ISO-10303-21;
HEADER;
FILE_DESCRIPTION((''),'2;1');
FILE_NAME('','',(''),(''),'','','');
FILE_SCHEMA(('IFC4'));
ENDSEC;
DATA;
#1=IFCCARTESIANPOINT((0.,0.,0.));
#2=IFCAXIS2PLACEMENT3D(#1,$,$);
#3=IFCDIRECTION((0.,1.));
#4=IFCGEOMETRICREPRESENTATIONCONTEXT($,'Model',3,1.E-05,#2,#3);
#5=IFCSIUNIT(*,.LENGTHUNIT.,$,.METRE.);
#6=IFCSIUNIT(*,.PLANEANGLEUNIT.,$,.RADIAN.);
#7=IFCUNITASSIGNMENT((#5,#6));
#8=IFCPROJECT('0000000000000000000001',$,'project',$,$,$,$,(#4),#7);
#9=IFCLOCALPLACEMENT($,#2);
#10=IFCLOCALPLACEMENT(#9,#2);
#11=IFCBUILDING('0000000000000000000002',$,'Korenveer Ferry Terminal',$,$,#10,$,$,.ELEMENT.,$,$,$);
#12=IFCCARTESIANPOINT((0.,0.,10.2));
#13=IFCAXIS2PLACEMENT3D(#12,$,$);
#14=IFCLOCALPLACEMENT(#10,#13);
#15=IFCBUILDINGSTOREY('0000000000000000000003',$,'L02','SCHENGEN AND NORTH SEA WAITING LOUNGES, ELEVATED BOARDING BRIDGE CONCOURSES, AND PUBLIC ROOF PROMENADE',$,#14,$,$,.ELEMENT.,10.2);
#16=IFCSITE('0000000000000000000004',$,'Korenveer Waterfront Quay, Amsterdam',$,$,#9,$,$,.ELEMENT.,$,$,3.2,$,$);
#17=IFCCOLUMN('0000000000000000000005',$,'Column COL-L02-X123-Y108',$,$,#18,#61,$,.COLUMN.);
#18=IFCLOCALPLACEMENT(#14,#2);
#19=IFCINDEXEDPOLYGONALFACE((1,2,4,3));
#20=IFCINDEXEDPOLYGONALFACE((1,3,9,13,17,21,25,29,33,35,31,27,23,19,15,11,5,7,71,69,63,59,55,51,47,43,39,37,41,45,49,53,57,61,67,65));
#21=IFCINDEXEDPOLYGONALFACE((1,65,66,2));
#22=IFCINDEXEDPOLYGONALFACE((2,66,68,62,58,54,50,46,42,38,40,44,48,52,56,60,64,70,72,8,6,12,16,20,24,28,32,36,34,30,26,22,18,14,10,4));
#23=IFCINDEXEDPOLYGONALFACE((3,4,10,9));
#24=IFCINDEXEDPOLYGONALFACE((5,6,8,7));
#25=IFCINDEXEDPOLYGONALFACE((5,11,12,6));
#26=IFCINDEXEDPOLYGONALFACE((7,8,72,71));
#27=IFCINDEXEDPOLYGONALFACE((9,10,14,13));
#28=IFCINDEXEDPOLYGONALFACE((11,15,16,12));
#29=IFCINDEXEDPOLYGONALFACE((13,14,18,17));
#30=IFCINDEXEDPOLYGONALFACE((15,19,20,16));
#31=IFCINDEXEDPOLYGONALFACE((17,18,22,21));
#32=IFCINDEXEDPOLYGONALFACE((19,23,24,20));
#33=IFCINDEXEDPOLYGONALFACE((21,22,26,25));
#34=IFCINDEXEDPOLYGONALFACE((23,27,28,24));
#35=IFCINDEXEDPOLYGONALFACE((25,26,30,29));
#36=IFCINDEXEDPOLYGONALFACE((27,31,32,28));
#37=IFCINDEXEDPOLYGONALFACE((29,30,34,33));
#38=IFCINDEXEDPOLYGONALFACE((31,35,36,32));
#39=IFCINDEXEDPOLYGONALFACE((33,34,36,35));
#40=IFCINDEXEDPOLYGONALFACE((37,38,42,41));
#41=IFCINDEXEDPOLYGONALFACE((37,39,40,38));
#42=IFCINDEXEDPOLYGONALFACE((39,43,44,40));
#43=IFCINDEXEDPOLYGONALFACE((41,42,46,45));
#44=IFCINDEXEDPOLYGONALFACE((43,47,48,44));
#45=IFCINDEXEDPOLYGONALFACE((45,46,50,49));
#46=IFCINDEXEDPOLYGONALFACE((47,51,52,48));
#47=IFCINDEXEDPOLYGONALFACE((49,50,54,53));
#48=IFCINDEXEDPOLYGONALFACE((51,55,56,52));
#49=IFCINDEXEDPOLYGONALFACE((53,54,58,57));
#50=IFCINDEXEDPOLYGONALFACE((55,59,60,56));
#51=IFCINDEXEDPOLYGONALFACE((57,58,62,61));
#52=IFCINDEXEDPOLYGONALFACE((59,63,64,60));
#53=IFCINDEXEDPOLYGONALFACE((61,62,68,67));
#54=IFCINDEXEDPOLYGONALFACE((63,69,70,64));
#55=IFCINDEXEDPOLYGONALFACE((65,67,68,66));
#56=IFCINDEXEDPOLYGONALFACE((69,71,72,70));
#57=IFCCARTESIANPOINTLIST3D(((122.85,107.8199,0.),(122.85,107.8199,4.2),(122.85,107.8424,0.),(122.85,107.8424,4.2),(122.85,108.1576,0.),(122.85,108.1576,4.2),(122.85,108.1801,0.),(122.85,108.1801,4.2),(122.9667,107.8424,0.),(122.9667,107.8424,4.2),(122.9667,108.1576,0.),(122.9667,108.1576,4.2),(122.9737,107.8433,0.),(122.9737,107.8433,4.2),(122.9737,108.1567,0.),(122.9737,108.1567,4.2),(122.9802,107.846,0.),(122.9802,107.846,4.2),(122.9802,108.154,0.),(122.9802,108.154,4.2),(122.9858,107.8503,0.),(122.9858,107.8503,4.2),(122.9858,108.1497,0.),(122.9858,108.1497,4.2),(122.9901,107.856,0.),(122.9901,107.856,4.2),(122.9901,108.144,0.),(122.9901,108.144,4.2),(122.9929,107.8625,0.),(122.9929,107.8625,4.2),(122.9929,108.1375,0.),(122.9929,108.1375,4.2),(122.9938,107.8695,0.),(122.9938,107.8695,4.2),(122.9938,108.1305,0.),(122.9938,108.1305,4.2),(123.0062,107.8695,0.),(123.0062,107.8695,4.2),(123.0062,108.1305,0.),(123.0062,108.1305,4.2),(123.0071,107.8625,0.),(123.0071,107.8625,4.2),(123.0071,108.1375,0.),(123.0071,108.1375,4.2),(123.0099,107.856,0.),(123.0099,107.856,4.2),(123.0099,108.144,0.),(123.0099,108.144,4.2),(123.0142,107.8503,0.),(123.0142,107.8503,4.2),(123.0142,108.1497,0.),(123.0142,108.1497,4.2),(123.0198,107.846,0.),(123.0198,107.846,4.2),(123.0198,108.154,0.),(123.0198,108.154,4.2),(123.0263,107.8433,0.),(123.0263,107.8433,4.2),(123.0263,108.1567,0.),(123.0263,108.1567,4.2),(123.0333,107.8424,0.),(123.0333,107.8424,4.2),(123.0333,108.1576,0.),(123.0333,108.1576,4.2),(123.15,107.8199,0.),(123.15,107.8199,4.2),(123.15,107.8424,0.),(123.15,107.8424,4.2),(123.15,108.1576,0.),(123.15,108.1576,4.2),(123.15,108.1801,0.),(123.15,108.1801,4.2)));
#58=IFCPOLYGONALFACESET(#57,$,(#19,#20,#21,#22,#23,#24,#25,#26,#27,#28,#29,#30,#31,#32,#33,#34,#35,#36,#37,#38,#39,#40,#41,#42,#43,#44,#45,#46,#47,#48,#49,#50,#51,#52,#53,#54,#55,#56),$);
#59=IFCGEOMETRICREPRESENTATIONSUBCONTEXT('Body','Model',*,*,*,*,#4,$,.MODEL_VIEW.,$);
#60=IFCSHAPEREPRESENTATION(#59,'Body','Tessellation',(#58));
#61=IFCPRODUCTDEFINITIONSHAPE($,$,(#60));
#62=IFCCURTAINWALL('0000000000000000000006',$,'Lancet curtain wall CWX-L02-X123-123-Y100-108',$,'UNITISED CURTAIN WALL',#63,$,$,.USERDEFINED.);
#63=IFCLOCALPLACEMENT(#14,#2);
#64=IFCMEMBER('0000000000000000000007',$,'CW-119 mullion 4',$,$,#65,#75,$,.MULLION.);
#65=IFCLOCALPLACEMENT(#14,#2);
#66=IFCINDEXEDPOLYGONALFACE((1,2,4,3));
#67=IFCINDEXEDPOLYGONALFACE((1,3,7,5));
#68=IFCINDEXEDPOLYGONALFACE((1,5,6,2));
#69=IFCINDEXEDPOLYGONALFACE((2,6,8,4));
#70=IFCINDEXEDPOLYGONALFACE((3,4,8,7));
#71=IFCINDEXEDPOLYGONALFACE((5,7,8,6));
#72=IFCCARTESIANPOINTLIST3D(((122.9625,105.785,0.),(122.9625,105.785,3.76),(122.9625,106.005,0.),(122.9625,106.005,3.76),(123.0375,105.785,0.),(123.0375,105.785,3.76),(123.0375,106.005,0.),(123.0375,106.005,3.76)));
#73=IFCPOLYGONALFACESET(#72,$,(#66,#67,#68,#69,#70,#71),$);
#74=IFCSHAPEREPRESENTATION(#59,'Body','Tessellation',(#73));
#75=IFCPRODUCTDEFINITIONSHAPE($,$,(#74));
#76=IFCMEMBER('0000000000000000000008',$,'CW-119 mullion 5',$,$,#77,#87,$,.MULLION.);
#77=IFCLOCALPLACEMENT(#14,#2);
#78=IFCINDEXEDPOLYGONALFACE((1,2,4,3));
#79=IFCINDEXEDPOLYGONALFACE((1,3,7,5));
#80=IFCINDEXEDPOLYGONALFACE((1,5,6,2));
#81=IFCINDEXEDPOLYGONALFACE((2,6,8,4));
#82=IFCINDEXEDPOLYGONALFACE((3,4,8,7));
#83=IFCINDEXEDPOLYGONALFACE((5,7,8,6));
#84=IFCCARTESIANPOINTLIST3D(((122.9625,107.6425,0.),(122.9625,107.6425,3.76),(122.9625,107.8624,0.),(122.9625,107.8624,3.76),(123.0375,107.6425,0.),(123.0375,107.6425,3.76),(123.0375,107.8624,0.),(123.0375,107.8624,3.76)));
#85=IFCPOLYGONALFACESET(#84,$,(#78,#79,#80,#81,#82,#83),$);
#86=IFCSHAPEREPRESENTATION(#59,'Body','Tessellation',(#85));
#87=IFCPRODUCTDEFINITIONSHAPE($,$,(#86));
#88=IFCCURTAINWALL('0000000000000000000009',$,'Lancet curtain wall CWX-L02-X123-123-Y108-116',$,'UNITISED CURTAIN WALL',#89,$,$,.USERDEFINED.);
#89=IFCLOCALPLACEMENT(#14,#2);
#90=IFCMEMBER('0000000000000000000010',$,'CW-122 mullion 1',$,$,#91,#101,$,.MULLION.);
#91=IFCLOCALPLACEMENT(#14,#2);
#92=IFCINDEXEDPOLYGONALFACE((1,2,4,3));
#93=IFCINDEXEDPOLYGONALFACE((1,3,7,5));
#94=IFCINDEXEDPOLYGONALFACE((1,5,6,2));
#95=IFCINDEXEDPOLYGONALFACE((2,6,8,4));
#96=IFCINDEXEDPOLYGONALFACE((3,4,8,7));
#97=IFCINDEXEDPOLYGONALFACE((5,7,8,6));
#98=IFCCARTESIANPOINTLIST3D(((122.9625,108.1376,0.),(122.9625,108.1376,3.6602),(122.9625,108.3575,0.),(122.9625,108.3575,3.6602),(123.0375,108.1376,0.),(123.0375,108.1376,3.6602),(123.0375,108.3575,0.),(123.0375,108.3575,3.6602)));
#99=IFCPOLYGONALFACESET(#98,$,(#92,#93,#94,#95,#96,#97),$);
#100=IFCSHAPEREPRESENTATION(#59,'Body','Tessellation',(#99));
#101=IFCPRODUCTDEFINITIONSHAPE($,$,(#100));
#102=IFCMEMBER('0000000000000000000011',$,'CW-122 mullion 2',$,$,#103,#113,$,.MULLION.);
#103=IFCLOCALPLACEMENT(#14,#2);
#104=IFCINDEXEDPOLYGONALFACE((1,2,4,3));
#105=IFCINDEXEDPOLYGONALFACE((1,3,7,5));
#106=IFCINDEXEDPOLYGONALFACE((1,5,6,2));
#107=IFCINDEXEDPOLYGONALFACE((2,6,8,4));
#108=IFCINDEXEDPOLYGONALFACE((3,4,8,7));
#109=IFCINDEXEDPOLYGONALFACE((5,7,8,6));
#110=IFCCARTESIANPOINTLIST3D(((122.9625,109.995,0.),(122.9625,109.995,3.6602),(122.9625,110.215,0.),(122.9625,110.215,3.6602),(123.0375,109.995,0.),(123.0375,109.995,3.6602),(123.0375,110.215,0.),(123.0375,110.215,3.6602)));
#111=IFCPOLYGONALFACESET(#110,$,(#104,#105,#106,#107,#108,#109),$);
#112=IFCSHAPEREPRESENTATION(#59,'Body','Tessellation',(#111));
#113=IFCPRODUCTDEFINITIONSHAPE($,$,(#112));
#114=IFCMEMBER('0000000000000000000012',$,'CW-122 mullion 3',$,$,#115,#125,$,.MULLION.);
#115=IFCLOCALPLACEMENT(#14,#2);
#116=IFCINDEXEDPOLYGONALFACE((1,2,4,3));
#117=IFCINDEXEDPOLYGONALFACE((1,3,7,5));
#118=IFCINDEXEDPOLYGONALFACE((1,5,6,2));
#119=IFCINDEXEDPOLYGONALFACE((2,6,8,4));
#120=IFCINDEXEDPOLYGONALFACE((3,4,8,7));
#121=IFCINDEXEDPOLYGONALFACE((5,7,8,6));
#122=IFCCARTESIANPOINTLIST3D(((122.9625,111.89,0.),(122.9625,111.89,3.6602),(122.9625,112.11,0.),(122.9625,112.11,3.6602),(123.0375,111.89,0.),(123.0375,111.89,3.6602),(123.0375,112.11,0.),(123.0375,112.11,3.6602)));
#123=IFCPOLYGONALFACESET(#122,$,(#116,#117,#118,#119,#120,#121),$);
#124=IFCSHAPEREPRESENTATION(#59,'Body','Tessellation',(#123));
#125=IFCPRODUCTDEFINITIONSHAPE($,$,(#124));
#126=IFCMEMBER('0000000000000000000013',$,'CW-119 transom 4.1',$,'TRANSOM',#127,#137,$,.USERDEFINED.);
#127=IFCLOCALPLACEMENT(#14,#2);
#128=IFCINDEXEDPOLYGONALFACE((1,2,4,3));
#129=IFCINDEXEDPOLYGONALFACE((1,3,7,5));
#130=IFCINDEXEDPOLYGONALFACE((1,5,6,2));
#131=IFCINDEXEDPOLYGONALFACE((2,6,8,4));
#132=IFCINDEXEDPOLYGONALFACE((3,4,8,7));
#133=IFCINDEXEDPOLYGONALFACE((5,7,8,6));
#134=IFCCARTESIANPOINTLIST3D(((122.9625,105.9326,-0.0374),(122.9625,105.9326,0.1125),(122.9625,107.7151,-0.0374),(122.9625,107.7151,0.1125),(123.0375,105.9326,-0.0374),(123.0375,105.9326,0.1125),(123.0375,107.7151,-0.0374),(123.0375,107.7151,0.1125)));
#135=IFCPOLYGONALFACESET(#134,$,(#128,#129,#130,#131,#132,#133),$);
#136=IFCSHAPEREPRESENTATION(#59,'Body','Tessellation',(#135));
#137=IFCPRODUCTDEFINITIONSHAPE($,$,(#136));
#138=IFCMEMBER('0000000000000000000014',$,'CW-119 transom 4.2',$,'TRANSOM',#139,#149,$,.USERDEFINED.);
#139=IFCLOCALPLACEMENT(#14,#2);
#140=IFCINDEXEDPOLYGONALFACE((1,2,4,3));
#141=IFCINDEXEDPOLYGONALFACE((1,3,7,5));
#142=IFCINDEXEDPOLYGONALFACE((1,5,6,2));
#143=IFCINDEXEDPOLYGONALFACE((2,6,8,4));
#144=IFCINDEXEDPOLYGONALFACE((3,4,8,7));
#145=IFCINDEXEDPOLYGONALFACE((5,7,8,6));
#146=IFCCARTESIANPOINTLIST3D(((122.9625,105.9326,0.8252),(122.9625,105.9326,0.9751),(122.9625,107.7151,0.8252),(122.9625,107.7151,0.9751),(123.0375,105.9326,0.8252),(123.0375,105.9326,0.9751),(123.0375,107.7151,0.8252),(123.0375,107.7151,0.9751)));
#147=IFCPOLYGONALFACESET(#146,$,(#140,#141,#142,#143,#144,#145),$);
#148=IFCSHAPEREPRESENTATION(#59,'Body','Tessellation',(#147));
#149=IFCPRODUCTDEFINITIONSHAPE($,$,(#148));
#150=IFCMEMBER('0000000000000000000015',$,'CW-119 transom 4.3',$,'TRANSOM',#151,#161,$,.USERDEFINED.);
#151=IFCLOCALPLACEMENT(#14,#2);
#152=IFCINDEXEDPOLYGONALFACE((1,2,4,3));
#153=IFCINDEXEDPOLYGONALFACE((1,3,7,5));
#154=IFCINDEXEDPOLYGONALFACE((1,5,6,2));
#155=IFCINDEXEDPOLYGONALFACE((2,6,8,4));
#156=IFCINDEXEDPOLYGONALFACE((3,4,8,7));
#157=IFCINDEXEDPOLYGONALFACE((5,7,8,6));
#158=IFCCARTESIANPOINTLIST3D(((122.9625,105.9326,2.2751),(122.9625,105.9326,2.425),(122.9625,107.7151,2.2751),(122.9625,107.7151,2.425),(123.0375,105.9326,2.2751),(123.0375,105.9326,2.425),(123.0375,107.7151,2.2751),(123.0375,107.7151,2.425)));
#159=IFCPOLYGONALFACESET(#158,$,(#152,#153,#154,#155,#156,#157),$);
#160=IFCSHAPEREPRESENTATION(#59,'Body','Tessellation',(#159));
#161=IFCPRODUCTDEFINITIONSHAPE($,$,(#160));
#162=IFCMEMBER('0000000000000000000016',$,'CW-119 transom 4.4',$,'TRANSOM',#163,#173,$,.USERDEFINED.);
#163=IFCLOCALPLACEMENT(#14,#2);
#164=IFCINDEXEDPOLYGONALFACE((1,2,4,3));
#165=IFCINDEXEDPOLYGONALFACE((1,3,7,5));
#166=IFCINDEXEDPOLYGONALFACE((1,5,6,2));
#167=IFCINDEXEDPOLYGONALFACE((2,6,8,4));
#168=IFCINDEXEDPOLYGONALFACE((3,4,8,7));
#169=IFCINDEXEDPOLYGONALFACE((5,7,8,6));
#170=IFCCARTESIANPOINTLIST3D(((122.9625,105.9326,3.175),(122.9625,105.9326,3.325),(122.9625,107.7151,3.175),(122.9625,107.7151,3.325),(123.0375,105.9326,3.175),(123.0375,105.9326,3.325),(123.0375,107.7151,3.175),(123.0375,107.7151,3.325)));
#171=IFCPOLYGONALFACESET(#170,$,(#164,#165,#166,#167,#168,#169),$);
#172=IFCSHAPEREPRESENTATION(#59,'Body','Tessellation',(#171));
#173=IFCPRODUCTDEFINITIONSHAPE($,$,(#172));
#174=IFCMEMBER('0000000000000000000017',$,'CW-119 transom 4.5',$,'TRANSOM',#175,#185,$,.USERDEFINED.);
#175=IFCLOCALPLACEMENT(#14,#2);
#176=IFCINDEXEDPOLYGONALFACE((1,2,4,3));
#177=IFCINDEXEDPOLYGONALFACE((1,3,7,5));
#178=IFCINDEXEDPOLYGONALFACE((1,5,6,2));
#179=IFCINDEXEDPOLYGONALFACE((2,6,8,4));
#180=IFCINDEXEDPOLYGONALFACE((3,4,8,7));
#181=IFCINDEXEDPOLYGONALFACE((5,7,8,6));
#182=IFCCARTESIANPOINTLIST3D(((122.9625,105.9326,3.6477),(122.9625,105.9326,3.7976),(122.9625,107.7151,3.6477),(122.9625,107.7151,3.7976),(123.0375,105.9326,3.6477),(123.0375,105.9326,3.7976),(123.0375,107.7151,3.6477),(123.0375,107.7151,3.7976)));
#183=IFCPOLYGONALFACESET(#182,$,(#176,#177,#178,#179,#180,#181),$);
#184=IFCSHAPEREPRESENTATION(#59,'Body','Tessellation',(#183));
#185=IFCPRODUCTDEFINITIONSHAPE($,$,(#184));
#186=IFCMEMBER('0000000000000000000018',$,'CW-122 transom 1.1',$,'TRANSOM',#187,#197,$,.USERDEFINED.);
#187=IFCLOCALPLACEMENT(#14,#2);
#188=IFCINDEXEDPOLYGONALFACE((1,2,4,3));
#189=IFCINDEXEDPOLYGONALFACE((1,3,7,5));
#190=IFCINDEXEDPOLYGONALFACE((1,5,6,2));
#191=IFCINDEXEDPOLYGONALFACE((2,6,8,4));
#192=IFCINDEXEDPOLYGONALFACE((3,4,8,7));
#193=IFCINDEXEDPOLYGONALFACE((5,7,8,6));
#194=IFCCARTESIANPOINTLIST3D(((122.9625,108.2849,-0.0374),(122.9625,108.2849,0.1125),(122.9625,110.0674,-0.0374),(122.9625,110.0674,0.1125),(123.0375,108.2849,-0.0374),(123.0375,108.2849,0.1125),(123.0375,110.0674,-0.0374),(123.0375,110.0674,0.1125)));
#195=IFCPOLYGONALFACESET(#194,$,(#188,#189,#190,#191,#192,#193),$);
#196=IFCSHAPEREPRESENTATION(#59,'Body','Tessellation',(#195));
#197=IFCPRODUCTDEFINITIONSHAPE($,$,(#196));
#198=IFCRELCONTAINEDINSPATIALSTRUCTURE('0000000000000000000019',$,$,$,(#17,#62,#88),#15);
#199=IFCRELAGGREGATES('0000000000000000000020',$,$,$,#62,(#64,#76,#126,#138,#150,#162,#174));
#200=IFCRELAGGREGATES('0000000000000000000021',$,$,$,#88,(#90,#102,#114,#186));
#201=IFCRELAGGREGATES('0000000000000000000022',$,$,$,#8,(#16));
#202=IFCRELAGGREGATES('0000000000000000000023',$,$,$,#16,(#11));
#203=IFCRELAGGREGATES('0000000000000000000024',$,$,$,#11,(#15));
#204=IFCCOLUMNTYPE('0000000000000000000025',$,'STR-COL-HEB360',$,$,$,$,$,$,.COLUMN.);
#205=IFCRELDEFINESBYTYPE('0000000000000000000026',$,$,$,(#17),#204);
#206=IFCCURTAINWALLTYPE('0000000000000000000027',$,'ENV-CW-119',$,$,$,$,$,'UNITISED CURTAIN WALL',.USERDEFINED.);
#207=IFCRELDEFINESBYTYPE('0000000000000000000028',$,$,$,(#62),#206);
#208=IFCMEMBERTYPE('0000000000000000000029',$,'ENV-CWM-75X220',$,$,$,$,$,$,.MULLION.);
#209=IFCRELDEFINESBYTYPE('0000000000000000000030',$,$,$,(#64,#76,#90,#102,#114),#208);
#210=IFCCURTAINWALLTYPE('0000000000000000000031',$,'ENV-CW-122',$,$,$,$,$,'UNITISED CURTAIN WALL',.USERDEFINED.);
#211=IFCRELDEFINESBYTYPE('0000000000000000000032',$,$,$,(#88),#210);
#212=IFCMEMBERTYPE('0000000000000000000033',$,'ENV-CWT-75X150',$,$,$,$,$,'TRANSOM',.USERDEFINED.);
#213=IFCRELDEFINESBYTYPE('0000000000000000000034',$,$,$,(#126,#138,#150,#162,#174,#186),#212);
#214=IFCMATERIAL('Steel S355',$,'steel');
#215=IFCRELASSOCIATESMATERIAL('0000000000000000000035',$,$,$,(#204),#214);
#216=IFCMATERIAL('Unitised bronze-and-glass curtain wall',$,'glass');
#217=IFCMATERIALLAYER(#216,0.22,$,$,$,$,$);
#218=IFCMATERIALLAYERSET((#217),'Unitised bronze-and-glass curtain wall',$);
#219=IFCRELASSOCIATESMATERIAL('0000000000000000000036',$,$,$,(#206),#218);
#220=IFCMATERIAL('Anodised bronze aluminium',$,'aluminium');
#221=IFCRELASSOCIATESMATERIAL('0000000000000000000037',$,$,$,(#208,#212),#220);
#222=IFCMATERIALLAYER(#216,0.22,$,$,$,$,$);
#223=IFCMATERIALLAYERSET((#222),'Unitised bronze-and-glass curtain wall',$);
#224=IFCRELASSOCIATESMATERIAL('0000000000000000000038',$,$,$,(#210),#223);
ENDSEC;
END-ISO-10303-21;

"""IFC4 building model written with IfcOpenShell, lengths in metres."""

from ifc_helpers import new_model, si_unit, direction, frame, origin, origin_2d, place, context, subcontext, project, spatial, rectangle, i_section, extrude, material, layer, layer_set, material_profile, profile_set, type_object, element, aggregate, save


model = new_model("IFC4")

# Units and contexts
model_context = context("Model", 3, precision=1e-05, world=origin(), true_north=direction((0.0, 1.0)))
body_context = subcontext(model_context, "Body", "Model", "MODEL_VIEW")
ifc_project = project(units=[si_unit("LENGTHUNIT", "METRE"), si_unit("PLANEANGLEUNIT", "RADIAN")], contexts=[model_context])

# Site, building, storey
site_placement = place(None, origin())
site = spatial("IfcSite", under=ifc_project, at=site_placement, Name="Korenveer Waterfront Quay, Amsterdam", CompositionType="ELEMENT", RefElevation=3.2)
building_placement = place(site_placement, origin())
building = spatial("IfcBuilding", under=site, at=building_placement, Name="Korenveer Ferry Terminal", CompositionType="ELEMENT")
storey_placement = place(building_placement, frame((0.0, 0.0, 10.2)))
storey = spatial("IfcBuildingStorey", under=building, at=storey_placement, Name="L02", Description="SCHENGEN AND NORTH SEA WAITING LOUNGES, ELEVATED BOARDING BRIDGE CONCOURSES, AND PUBLIC ROOF PROMENADE", CompositionType="ELEMENT", Elevation=10.2)

# Column
ifc_material_1 = material(Name="Steel S355", Category="steel")
ifc_material_profile_1 = material_profile(ifc_material_1, i_section(OverallWidth=0.3, OverallDepth=0.3601, WebThickness=0.0125, FlangeThickness=0.0225, FilletRadius=0.0271, at=origin_2d()), Name="HEB 360")
ifc_profile_set_1 = profile_set([ifc_material_profile_1], Name="Steel S355")
column_type = type_object("IfcColumnType", Name="STR-COL-HEB360", PredefinedType="COLUMN", material=ifc_profile_set_1)
column_placement = place(storey_placement, frame((123.0, 108.0, 0.0), z_axis=(0.0, 0.0, 1.0), x_axis=(1.0, 0.0, 0.0)))
element("IfcColumn", 1, at=column_placement, inside=storey, type_object=column_type, Name="Column COL-L02-X123-Y108", PredefinedType="COLUMN", context=body_context, shape_type="SweptSolid", body=[
    extrude(i_section(OverallWidth=0.3, OverallDepth=0.3601, WebThickness=0.0125, FlangeThickness=0.0225, FilletRadius=0.0271, at=origin_2d()), origin(), (0.0, 0.0, 1.0), 4.2),
])

# Curtain walls, members
ifc_material_2 = material(Name="Unitised bronze-and-glass curtain wall", Category="glass")
ifc_layer_1 = layer(ifc_material_2, 0.22)
ifc_layer_set_1 = layer_set([ifc_layer_1], Name="Unitised bronze-and-glass curtain wall")
curtain_wall_type_1 = type_object("IfcCurtainWallType", Name="ENV-CW-119", ElementType="UNITISED CURTAIN WALL", PredefinedType="USERDEFINED", material=ifc_layer_set_1)
curtain_wall_1_placement = place(storey_placement, frame((123.0, 100.21, 0.0)))
curtain_wall_1 = element("IfcCurtainWall", 2, at=curtain_wall_1_placement, inside=storey, type_object=curtain_wall_type_1, Name="Lancet curtain wall CWX-L02-X123-123-Y100-108", ObjectType="UNITISED CURTAIN WALL", PredefinedType="USERDEFINED")
ifc_material_3 = material(Name="Anodised bronze aluminium", Category="aluminium")
ifc_material_profile_2 = material_profile(ifc_material_3, rectangle(XDim=0.075, YDim=0.22, at=origin_2d()), Name="ALU 75x220")
ifc_profile_set_2 = profile_set([ifc_material_profile_2], Name="Anodised bronze aluminium")
member_type_1 = type_object("IfcMemberType", Name="ENV-CWM-75X220", PredefinedType="MULLION", material=ifc_profile_set_2)
member_1_placement = place(storey_placement, frame((123.0, 105.895, 0.0), z_axis=(0.0, 0.0, 1.0), x_axis=(-1.0, 0.0, 0.0)))
member_1 = element("IfcMember", 3, at=member_1_placement, type_object=member_type_1, Name="CW-119 mullion 4", PredefinedType="MULLION", context=body_context, shape_type="SweptSolid", body=[
    extrude(rectangle(XDim=0.075, YDim=0.22, at=origin_2d()), origin(), (0.0, 0.0, 1.0), 3.76),
])
member_2_placement = place(storey_placement, frame((123.0, 107.7524, 0.0), z_axis=(0.0, 0.0, 1.0), x_axis=(-1.0, 0.0, 0.0)))
member_2 = element("IfcMember", 4, at=member_2_placement, type_object=member_type_1, Name="CW-119 mullion 5", PredefinedType="MULLION", context=body_context, shape_type="SweptSolid", body=[
    extrude(rectangle(XDim=0.075, YDim=0.22, at=origin_2d()), origin(), (0.0, 0.0, 1.0), 3.76),
])
ifc_layer_2 = layer(ifc_material_2, 0.22)
ifc_layer_set_2 = layer_set([ifc_layer_2], Name="Unitised bronze-and-glass curtain wall")
curtain_wall_type_2 = type_object("IfcCurtainWallType", Name="ENV-CW-122", ElementType="UNITISED CURTAIN WALL", PredefinedType="USERDEFINED", material=ifc_layer_set_2)
curtain_wall_2_placement = place(storey_placement, frame((123.0, 108.21, 0.0)))
curtain_wall_2 = element("IfcCurtainWall", 5, at=curtain_wall_2_placement, inside=storey, type_object=curtain_wall_type_2, Name="Lancet curtain wall CWX-L02-X123-123-Y108-116", ObjectType="UNITISED CURTAIN WALL", PredefinedType="USERDEFINED")
member_3_placement = place(storey_placement, frame((123.0, 108.2476, 0.0), z_axis=(0.0, 0.0, 1.0), x_axis=(-1.0, 0.0, 0.0)))
member_3 = element("IfcMember", 6, at=member_3_placement, type_object=member_type_1, Name="CW-122 mullion 1", PredefinedType="MULLION", context=body_context, shape_type="SweptSolid", body=[
    extrude(rectangle(XDim=0.075, YDim=0.22, at=origin_2d()), origin(), (0.0, 0.0, 1.0), 3.6602),
])
member_4_placement = place(storey_placement, frame((123.0, 110.105, 0.0), z_axis=(0.0, 0.0, 1.0), x_axis=(-1.0, 0.0, 0.0)))
member_4 = element("IfcMember", 7, at=member_4_placement, type_object=member_type_1, Name="CW-122 mullion 2", PredefinedType="MULLION", context=body_context, shape_type="SweptSolid", body=[
    extrude(rectangle(XDim=0.075, YDim=0.22, at=origin_2d()), origin(), (0.0, 0.0, 1.0), 3.6602),
])
member_5_placement = place(storey_placement, frame((123.0, 112.0, 0.0), z_axis=(0.0, 0.0, 1.0), x_axis=(-1.0, 0.0, 0.0)))
member_5 = element("IfcMember", 8, at=member_5_placement, type_object=member_type_1, Name="CW-122 mullion 3", PredefinedType="MULLION", context=body_context, shape_type="SweptSolid", body=[
    extrude(rectangle(XDim=0.075, YDim=0.22, at=origin_2d()), origin(), (0.0, 0.0, 1.0), 3.6602),
])

# Members
ifc_material_profile_3 = material_profile(ifc_material_3, rectangle(XDim=0.075, YDim=0.1499, at=origin_2d()), Name="ALU 75x150")
ifc_profile_set_3 = profile_set([ifc_material_profile_3], Name="Anodised bronze aluminium")
member_type_2 = type_object("IfcMemberType", Name="ENV-CWT-75X150", ElementType="TRANSOM", PredefinedType="USERDEFINED", material=ifc_profile_set_3)
member_6_placement = place(storey_placement, frame((123.0, 105.9326, 0.0376), z_axis=(0.0, 1.0, 0.0), x_axis=(-1.0, 0.0, 0.0)))
member_6 = element("IfcMember", 9, at=member_6_placement, type_object=member_type_2, Name="CW-119 transom 4.1", ObjectType="TRANSOM", PredefinedType="USERDEFINED", context=body_context, shape_type="SweptSolid", body=[
    extrude(rectangle(XDim=0.075, YDim=0.1499, at=origin_2d()), origin(), (0.0, 0.0, 1.0), 1.7825),
])
member_7_placement = place(storey_placement, frame((123.0, 105.9326, 0.9001), z_axis=(0.0, 1.0, 0.0), x_axis=(-1.0, 0.0, 0.0)))
member_7 = element("IfcMember", 10, at=member_7_placement, type_object=member_type_2, Name="CW-119 transom 4.2", ObjectType="TRANSOM", PredefinedType="USERDEFINED", context=body_context, shape_type="SweptSolid", body=[
    extrude(rectangle(XDim=0.075, YDim=0.1499, at=origin_2d()), origin(), (0.0, 0.0, 1.0), 1.7825),
])
member_8_placement = place(storey_placement, frame((123.0, 105.9326, 2.3501), z_axis=(0.0, 1.0, 0.0), x_axis=(-1.0, 0.0, 0.0)))
member_8 = element("IfcMember", 11, at=member_8_placement, type_object=member_type_2, Name="CW-119 transom 4.3", ObjectType="TRANSOM", PredefinedType="USERDEFINED", context=body_context, shape_type="SweptSolid", body=[
    extrude(rectangle(XDim=0.075, YDim=0.1499, at=origin_2d()), origin(), (0.0, 0.0, 1.0), 1.7825),
])
member_9_placement = place(storey_placement, frame((123.0, 105.9326, 3.25), z_axis=(0.0, 1.0, 0.0), x_axis=(-1.0, 0.0, 0.0)))
member_9 = element("IfcMember", 12, at=member_9_placement, type_object=member_type_2, Name="CW-119 transom 4.4", ObjectType="TRANSOM", PredefinedType="USERDEFINED", context=body_context, shape_type="SweptSolid", body=[
    extrude(rectangle(XDim=0.075, YDim=0.1499, at=origin_2d()), origin(), (0.0, 0.0, 1.0), 1.7825),
])
member_10_placement = place(storey_placement, frame((123.0, 105.9326, 3.7227), z_axis=(0.0, 1.0, 0.0), x_axis=(-1.0, 0.0, 0.0)))
member_10 = element("IfcMember", 13, at=member_10_placement, type_object=member_type_2, Name="CW-119 transom 4.5", ObjectType="TRANSOM", PredefinedType="USERDEFINED", context=body_context, shape_type="SweptSolid", body=[
    extrude(rectangle(XDim=0.075, YDim=0.1499, at=origin_2d()), origin(), (0.0, 0.0, 1.0), 1.7825),
])
member_11_placement = place(storey_placement, frame((123.0, 108.2849, 0.0376), z_axis=(0.0, 1.0, 0.0), x_axis=(-1.0, 0.0, 0.0)))
member_11 = element("IfcMember", 14, at=member_11_placement, type_object=member_type_2, Name="CW-122 transom 1.1", ObjectType="TRANSOM", PredefinedType="USERDEFINED", context=body_context, shape_type="SweptSolid", body=[
    extrude(rectangle(XDim=0.075, YDim=0.1499, at=origin_2d()), origin(), (0.0, 0.0, 1.0), 1.7825),
])

aggregate(curtain_wall_1, [member_1, member_2, member_6, member_7, member_8, member_9, member_10])
aggregate(curtain_wall_2, [member_3, member_4, member_5, member_11])

save(model, "model.ifc")
